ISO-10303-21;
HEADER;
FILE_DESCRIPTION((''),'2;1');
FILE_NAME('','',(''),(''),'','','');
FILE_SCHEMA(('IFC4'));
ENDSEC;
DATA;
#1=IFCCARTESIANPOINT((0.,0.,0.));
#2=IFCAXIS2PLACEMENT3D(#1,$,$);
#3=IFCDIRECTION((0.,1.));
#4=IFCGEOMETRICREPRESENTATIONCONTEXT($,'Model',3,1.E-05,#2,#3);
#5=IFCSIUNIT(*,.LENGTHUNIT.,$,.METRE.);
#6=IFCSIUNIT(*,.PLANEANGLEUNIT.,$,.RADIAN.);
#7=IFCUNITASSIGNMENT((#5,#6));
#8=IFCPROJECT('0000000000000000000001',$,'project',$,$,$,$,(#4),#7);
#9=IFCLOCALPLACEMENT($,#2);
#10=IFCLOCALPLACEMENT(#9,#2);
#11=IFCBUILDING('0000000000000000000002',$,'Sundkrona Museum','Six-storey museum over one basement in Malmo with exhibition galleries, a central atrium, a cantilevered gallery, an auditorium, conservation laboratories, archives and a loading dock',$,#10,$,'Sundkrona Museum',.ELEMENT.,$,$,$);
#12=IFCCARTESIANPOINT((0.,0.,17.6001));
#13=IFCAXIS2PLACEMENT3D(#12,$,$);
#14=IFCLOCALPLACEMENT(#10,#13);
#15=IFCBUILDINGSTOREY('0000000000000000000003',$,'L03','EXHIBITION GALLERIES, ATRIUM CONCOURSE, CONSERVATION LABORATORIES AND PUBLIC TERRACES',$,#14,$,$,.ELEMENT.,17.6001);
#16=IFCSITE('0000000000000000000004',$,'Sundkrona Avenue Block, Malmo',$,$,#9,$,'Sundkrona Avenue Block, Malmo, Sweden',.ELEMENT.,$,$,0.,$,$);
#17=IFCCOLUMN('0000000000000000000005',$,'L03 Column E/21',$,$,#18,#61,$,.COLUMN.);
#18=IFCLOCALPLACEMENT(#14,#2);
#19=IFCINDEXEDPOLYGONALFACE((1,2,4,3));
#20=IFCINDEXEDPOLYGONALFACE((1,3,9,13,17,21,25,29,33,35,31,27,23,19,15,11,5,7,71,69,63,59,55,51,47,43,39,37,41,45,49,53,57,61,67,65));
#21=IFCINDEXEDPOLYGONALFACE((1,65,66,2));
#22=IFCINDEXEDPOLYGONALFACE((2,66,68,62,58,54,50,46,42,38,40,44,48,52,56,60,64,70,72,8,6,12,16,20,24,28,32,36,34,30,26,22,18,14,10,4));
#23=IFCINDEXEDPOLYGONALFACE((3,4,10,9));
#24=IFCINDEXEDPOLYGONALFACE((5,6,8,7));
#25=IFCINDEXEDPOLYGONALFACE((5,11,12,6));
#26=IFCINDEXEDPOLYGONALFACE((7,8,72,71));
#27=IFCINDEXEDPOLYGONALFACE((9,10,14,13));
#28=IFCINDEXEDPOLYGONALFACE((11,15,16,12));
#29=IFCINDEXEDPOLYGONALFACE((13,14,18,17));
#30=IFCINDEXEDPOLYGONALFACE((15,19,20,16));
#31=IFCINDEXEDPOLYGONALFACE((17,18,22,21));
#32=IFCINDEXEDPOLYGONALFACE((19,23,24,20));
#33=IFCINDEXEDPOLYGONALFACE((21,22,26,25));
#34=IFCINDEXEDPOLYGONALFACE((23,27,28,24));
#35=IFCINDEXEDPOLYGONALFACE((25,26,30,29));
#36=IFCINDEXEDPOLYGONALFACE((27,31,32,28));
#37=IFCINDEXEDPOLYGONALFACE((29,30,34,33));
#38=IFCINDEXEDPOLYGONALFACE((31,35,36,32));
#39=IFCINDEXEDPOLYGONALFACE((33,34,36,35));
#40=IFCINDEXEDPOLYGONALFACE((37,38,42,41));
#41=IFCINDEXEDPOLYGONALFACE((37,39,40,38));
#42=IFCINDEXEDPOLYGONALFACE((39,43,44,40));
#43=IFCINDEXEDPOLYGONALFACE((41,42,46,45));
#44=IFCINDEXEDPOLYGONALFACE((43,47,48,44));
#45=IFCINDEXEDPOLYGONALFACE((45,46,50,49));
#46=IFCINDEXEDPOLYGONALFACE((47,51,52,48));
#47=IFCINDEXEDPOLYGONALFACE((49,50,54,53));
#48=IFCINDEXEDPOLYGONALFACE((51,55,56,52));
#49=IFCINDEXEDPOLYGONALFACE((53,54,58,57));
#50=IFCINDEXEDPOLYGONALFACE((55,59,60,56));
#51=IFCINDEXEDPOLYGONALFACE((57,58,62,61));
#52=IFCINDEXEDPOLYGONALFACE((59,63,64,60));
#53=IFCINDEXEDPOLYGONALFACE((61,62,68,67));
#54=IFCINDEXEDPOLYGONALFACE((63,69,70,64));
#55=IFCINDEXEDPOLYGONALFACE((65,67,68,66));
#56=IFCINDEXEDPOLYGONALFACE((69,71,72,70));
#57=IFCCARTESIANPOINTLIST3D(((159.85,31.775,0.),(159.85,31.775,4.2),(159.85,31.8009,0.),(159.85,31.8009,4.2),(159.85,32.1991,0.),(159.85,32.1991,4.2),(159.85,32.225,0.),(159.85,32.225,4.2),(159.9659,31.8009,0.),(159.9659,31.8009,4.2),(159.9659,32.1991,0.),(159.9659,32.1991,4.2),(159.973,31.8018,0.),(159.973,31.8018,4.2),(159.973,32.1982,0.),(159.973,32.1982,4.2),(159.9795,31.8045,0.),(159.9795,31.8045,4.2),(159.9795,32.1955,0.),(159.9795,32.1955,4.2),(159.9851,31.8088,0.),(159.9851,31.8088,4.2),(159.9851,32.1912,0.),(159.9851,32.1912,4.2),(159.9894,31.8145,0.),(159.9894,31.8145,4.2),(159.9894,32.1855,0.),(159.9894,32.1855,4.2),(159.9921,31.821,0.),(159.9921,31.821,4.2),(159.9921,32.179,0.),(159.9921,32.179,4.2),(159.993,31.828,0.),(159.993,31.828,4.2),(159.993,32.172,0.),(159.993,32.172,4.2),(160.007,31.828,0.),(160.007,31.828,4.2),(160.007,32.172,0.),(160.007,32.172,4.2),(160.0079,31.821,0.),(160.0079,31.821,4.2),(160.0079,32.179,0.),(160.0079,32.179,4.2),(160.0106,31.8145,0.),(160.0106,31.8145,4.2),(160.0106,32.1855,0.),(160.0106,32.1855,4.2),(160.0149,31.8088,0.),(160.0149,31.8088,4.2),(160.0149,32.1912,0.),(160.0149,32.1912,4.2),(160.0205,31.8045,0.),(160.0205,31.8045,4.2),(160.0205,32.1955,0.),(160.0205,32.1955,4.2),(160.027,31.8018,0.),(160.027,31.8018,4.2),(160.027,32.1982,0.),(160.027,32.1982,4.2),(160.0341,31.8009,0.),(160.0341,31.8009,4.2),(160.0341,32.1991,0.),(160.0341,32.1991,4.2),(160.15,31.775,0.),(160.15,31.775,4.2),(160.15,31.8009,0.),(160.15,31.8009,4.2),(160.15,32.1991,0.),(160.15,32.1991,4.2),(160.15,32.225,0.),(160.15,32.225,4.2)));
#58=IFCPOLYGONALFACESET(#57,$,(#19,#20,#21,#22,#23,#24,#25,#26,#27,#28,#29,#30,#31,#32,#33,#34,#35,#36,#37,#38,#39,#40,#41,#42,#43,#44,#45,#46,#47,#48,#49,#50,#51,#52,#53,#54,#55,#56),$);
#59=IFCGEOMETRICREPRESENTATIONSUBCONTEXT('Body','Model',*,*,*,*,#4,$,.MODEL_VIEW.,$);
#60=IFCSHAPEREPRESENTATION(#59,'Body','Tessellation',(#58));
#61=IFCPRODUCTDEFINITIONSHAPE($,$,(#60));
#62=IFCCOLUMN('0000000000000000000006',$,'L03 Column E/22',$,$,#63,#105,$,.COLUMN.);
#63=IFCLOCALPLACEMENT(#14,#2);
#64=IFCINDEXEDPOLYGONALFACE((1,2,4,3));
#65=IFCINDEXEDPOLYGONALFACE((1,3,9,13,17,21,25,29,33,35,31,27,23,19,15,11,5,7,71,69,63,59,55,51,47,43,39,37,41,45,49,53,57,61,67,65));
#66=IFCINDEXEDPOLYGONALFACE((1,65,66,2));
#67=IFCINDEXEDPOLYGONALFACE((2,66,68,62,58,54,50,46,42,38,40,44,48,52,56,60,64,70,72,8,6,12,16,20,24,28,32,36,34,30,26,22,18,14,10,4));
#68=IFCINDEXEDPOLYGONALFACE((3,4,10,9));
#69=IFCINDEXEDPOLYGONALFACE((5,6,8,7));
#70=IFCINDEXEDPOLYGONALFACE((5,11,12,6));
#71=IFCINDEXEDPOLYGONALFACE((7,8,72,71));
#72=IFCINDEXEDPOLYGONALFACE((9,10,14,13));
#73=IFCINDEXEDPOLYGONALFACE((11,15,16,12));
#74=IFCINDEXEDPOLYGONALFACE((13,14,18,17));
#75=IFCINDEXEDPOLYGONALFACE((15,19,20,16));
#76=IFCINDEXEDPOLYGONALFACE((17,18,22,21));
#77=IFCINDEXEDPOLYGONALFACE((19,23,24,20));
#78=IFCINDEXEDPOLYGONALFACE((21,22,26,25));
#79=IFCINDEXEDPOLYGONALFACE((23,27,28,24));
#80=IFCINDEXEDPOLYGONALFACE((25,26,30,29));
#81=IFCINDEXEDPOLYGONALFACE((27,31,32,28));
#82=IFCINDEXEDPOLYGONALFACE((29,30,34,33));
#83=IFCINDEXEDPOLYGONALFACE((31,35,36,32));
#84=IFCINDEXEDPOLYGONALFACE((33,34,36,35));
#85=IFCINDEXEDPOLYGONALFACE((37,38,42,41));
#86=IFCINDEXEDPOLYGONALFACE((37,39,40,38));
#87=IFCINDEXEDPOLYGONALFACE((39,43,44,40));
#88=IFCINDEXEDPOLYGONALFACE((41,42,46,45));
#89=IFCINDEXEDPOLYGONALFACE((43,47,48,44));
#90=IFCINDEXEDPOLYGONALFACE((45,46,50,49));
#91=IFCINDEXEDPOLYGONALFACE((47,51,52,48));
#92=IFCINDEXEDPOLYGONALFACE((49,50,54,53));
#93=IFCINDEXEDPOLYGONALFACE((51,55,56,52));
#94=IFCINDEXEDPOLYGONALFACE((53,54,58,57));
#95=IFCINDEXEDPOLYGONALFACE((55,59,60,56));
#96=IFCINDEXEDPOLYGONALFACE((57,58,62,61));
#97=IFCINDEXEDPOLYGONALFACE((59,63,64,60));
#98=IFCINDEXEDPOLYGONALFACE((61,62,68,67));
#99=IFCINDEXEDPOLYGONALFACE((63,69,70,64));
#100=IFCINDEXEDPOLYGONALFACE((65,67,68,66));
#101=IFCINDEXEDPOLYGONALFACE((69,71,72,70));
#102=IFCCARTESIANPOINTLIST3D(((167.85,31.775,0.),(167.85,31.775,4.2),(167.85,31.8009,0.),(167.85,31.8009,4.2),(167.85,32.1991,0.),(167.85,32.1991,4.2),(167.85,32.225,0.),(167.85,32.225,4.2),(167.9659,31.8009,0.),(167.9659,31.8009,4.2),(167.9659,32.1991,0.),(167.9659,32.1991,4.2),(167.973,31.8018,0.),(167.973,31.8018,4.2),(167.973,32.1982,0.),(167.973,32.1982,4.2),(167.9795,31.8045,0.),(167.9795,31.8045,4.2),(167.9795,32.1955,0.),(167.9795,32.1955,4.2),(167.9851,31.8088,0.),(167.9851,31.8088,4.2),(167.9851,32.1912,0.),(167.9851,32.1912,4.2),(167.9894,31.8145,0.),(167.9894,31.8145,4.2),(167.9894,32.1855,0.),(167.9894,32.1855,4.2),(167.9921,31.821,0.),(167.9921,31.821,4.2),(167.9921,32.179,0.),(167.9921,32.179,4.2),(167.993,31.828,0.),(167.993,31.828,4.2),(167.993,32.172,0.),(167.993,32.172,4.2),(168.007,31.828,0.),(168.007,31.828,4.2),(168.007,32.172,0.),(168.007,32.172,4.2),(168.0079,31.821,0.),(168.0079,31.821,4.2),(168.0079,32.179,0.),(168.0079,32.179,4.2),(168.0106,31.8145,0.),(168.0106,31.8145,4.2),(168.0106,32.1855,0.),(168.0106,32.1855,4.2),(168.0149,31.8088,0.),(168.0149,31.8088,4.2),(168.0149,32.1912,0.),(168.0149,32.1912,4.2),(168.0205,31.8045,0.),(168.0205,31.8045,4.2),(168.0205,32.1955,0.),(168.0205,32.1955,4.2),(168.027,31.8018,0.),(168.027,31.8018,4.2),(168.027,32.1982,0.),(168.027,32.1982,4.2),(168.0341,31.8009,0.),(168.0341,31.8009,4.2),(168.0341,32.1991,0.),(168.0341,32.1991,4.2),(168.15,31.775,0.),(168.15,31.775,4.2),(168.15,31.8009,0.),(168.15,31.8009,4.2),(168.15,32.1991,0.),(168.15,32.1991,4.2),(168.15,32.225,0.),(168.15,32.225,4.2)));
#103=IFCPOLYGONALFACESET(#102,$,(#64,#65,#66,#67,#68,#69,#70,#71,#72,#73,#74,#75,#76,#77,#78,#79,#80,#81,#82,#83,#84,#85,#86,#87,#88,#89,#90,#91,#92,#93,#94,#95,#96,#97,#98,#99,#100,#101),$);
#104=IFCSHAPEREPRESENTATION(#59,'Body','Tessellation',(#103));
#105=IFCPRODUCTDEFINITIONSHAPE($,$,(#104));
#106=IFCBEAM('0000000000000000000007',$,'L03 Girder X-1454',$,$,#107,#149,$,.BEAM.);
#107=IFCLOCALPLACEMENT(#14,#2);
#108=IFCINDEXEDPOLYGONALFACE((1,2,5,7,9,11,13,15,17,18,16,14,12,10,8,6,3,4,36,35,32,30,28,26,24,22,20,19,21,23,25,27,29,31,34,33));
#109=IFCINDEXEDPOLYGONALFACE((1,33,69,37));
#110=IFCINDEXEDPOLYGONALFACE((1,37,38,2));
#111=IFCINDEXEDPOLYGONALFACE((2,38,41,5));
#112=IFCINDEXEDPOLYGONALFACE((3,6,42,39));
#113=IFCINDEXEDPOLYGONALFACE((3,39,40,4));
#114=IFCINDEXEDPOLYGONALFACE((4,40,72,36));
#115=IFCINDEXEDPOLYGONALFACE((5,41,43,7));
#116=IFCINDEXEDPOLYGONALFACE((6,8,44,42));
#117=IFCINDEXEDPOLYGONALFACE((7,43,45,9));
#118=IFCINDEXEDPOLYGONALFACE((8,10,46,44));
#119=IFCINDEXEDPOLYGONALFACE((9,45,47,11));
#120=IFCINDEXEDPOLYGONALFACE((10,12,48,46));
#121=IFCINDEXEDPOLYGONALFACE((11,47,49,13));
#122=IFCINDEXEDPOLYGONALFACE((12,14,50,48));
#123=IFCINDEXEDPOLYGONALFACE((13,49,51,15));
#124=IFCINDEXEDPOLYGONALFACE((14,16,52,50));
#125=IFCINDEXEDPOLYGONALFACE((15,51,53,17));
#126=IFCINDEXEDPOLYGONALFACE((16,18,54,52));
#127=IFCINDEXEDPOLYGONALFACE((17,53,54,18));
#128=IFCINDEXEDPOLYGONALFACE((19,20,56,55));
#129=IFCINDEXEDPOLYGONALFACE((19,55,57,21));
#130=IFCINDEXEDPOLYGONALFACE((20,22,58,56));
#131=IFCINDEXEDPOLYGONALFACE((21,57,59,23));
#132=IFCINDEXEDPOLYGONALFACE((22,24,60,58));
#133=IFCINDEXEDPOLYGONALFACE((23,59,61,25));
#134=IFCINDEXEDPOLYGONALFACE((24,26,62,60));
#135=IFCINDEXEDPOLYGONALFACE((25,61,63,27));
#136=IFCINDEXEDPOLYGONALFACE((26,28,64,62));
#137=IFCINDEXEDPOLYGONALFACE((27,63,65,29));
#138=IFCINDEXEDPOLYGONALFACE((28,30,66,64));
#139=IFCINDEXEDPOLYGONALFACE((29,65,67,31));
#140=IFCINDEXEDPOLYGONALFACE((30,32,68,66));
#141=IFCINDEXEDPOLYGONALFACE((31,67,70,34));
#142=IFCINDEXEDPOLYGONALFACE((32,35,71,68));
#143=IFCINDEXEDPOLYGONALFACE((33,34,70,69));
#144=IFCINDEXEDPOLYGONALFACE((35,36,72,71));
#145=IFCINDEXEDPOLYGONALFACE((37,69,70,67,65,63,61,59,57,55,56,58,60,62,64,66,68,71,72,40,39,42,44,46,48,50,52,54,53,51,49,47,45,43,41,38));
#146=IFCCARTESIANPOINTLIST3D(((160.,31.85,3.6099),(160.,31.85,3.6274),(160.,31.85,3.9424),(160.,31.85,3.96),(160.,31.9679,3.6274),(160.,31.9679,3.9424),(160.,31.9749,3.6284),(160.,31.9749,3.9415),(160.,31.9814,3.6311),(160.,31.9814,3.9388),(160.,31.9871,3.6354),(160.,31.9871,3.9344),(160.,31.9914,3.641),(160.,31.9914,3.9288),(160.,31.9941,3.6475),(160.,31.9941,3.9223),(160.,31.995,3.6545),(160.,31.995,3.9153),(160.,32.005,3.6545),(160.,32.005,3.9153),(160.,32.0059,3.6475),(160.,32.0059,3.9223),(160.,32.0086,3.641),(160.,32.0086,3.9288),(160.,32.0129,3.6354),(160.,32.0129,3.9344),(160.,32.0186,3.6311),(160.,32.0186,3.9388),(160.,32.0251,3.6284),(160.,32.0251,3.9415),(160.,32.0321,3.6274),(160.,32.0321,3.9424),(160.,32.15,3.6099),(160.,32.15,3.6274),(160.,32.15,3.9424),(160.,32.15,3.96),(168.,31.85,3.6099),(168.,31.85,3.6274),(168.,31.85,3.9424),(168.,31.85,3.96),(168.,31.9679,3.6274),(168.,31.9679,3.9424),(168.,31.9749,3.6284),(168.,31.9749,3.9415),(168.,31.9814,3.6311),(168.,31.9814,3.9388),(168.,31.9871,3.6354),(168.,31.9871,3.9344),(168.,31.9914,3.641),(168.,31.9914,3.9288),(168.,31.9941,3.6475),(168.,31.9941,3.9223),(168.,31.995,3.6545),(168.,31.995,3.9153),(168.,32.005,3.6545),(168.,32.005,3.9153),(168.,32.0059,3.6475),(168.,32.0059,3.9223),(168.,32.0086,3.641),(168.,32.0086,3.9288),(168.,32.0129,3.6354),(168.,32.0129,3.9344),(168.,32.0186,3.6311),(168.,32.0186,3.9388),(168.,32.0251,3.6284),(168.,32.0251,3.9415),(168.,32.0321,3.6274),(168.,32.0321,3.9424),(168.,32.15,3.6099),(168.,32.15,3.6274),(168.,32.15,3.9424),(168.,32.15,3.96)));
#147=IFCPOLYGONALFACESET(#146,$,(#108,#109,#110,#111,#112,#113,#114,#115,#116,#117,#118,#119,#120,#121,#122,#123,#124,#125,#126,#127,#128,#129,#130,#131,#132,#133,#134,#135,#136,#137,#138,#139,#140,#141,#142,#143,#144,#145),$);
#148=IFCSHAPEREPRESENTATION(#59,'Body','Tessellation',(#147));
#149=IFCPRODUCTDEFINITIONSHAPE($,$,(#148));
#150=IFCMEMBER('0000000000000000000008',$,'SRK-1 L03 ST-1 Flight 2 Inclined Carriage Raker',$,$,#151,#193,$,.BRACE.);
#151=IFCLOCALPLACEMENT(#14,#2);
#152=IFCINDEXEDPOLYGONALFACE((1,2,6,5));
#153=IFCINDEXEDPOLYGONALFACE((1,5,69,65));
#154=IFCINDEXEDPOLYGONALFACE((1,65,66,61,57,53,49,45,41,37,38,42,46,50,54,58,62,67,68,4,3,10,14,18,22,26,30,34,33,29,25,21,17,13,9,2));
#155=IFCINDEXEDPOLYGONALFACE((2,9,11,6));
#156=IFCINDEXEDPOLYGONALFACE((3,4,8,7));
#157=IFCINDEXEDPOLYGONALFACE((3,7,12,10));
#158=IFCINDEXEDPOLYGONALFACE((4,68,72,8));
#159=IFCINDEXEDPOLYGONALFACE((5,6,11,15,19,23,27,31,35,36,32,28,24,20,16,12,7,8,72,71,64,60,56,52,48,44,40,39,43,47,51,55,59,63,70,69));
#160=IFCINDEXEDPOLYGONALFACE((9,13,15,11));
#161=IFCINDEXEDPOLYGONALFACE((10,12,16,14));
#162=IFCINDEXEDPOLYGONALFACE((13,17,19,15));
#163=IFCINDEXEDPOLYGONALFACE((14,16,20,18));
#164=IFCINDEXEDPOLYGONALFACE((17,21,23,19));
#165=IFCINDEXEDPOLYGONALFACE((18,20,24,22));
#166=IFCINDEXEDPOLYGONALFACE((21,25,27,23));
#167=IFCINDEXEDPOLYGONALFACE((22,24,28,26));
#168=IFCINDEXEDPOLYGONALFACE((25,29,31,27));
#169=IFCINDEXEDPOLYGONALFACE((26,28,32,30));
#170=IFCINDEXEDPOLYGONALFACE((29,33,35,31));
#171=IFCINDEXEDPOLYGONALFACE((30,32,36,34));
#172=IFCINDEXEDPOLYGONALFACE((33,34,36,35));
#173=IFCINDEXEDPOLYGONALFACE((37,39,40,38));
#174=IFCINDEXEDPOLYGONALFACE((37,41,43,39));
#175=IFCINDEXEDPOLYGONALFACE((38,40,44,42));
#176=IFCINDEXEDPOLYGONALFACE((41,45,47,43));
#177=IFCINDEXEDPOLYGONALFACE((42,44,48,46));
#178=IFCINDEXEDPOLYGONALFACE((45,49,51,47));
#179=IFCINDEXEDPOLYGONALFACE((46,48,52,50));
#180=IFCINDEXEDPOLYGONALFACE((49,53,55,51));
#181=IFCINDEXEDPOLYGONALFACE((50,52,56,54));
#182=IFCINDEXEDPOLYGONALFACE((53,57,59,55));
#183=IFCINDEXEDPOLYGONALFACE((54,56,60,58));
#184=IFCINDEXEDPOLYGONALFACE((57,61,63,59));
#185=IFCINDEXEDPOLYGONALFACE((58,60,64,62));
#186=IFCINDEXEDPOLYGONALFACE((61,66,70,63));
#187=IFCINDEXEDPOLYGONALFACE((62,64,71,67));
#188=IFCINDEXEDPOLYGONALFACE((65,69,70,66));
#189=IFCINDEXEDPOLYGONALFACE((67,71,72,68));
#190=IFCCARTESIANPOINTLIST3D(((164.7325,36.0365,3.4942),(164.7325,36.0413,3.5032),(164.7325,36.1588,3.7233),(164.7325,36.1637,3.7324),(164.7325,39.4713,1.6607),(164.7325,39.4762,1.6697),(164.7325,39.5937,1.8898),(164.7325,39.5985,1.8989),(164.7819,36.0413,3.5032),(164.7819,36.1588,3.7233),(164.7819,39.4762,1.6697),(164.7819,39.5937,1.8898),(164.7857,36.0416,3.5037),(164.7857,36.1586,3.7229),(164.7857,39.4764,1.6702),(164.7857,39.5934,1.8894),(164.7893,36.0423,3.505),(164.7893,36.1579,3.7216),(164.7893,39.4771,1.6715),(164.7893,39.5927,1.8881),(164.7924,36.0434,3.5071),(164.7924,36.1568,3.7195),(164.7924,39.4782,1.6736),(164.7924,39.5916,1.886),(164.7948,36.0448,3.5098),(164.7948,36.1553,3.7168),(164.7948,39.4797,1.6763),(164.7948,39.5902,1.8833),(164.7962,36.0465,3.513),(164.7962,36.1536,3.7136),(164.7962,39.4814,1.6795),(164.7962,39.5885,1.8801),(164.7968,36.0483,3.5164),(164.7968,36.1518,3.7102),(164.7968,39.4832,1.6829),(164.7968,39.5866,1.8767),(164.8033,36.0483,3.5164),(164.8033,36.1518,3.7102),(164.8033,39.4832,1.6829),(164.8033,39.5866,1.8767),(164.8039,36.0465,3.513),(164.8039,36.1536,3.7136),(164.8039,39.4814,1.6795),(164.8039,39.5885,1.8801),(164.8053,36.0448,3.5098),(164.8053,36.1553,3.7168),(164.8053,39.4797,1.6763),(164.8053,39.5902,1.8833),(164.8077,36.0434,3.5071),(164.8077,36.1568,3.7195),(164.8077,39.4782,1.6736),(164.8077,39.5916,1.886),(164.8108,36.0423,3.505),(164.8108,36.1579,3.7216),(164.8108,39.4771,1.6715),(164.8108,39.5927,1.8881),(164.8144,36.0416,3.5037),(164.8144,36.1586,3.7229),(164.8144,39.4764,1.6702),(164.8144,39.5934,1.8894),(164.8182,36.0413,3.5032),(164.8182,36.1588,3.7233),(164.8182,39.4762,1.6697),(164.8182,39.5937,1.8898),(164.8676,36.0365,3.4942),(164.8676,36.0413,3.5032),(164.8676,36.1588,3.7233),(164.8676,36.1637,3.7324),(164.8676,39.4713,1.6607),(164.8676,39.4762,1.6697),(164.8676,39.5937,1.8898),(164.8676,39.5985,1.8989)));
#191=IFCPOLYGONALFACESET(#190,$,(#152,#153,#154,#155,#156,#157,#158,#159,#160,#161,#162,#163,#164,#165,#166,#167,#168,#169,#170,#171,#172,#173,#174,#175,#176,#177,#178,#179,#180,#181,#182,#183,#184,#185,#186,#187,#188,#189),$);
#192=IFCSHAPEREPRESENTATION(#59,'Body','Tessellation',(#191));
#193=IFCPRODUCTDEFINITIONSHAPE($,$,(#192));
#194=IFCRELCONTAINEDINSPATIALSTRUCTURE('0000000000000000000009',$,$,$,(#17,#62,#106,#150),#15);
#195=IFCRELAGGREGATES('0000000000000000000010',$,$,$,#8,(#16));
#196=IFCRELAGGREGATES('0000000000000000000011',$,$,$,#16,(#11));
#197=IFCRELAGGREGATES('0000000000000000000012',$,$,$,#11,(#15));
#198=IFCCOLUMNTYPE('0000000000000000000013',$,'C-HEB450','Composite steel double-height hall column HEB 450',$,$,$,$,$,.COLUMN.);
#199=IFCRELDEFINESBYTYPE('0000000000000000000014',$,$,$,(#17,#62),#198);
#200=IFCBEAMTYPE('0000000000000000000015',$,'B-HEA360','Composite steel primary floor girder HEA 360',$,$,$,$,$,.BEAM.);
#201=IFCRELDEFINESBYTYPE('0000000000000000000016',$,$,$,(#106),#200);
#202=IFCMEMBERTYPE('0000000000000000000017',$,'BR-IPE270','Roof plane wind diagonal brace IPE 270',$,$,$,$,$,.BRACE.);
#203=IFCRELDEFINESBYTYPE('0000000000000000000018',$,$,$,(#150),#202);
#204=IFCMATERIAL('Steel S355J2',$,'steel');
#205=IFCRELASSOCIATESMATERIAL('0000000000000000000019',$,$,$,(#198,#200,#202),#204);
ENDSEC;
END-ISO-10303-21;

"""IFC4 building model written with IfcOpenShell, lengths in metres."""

from ifc_helpers import new_model, si_unit, direction, frame, origin, origin_2d, place, context, subcontext, project, spatial, i_section, extrude, material, material_profile, profile_set, type_object, element, save


model = new_model("IFC4")

# Units and contexts
model_context = context("Model", 3, precision=1e-05, world=origin(), true_north=direction((0.0, 1.0)))
body_context = subcontext(model_context, "Body", "Model", "MODEL_VIEW")
ifc_project = project(units=[si_unit("LENGTHUNIT", "METRE"), si_unit("PLANEANGLEUNIT", "RADIAN")], contexts=[model_context])

# Site, building, storey
site_placement = place(None, origin())
site = spatial("IfcSite", under=ifc_project, at=site_placement, Name="Sundkrona Avenue Block, Malmo", LongName="Sundkrona Avenue Block, Malmo, Sweden", CompositionType="ELEMENT", RefElevation=0.0)
building_placement = place(site_placement, origin())
building = spatial("IfcBuilding", under=site, at=building_placement, Name="Sundkrona Museum", Description="Six-storey museum over one basement in Malmo with exhibition galleries, a central atrium, a cantilevered gallery, an auditorium, conservation laboratories, archives and a loading dock", LongName="Sundkrona Museum", CompositionType="ELEMENT")
storey_placement = place(building_placement, frame((0.0, 0.0, 17.6001)))
storey = spatial("IfcBuildingStorey", under=building, at=storey_placement, Name="L03", Description="EXHIBITION GALLERIES, ATRIUM CONCOURSE, CONSERVATION LABORATORIES AND PUBLIC TERRACES", CompositionType="ELEMENT", Elevation=17.6001)

# Columns
ifc_material_1 = material(Name="Steel S355J2", Category="steel")
ifc_material_profile_1 = material_profile(ifc_material_1, i_section(OverallWidth=0.3, OverallDepth=0.45, WebThickness=0.0139, FlangeThickness=0.0259, FilletRadius=0.0271, at=origin_2d()), Name="HEB 450")
ifc_profile_set_1 = profile_set([ifc_material_profile_1], Name="Steel S355J2")
column_type = type_object("IfcColumnType", Name="C-HEB450", Description="Composite steel double-height hall column HEB 450", PredefinedType="COLUMN", material=ifc_profile_set_1)
for number, where, z_axis, x_axis, name in (
    (1, (160.0, 32.0, 0.0), (0.0, 0.0, 1.0), (1.0, 0.0, 0.0), "L03 Column E/21"),
    (2, (168.0, 32.0, 0.0), (0.0, 0.0, 1.0), (1.0, 0.0, 0.0), "L03 Column E/22"),
):
    element("IfcColumn", number, at=place(storey_placement, frame(where, z_axis=z_axis, x_axis=x_axis)), inside=storey, type_object=column_type, Name=name, PredefinedType="COLUMN", context=body_context, shape_type="SweptSolid", body=[
        extrude(i_section(OverallWidth=0.3, OverallDepth=0.45, WebThickness=0.0139, FlangeThickness=0.0259, FilletRadius=0.0271, at=origin_2d()), origin(), (0.0, 0.0, 1.0), 4.2),
    ])

# Beam
ifc_material_profile_2 = material_profile(ifc_material_1, i_section(OverallWidth=0.3, OverallDepth=0.3501, WebThickness=0.01, FlangeThickness=0.0176, FilletRadius=0.0271, at=origin_2d()), Name="HEA 360")
ifc_profile_set_2 = profile_set([ifc_material_profile_2], Name="Steel S355J2")
beam_type_1 = type_object("IfcBeamType", Name="B-HEA360", Description="Composite steel primary floor girder HEA 360", PredefinedType="BEAM", material=ifc_profile_set_2)
beam_1_placement = place(storey_placement, frame((160.0, 32.0, 3.7849), z_axis=(1.0, 0.0, 0.0), x_axis=(0.0, 1.0, 0.0)))
element("IfcBeam", 3, at=beam_1_placement, inside=storey, type_object=beam_type_1, Name="L03 Girder X-1454", PredefinedType="BEAM", context=body_context, shape_type="SweptSolid", body=[
    extrude(i_section(OverallWidth=0.3, OverallDepth=0.3501, WebThickness=0.01, FlangeThickness=0.0176, FilletRadius=0.0271, at=origin_2d()), origin(), (0.0, 0.0, 1.0), 8.0),
])

# Member
ifc_material_profile_3 = material_profile(ifc_material_1, i_section(OverallWidth=0.135, OverallDepth=0.27, WebThickness=0.0066, FlangeThickness=0.0103, FilletRadius=0.0149, at=origin_2d()), Name="IPE 270")
ifc_profile_set_3 = profile_set([ifc_material_profile_3], Name="Steel S355J2")
member_type = type_object("IfcMemberType", Name="BR-IPE270", Description="Roof plane wind diagonal brace IPE 270", PredefinedType="BRACE", material=ifc_profile_set_3)
member_placement = place(storey_placement, frame((164.8, 39.5349, 1.7798), z_axis=(0.0, -0.882183, 0.470907), x_axis=(1.0, 0.0, 0.0)))
element("IfcMember", 4, at=member_placement, inside=storey, type_object=member_type, Name="SRK-1 L03 ST-1 Flight 2 Inclined Carriage Raker", PredefinedType="BRACE", context=body_context, shape_type="SweptSolid", body=[
    extrude(i_section(OverallWidth=0.135, OverallDepth=0.27, WebThickness=0.0066, FlangeThickness=0.0103, FilletRadius=0.0149, at=origin_2d()), origin(), (0.0, 0.0, 1.0), 3.8936),
])

save(model, "model.ifc")
